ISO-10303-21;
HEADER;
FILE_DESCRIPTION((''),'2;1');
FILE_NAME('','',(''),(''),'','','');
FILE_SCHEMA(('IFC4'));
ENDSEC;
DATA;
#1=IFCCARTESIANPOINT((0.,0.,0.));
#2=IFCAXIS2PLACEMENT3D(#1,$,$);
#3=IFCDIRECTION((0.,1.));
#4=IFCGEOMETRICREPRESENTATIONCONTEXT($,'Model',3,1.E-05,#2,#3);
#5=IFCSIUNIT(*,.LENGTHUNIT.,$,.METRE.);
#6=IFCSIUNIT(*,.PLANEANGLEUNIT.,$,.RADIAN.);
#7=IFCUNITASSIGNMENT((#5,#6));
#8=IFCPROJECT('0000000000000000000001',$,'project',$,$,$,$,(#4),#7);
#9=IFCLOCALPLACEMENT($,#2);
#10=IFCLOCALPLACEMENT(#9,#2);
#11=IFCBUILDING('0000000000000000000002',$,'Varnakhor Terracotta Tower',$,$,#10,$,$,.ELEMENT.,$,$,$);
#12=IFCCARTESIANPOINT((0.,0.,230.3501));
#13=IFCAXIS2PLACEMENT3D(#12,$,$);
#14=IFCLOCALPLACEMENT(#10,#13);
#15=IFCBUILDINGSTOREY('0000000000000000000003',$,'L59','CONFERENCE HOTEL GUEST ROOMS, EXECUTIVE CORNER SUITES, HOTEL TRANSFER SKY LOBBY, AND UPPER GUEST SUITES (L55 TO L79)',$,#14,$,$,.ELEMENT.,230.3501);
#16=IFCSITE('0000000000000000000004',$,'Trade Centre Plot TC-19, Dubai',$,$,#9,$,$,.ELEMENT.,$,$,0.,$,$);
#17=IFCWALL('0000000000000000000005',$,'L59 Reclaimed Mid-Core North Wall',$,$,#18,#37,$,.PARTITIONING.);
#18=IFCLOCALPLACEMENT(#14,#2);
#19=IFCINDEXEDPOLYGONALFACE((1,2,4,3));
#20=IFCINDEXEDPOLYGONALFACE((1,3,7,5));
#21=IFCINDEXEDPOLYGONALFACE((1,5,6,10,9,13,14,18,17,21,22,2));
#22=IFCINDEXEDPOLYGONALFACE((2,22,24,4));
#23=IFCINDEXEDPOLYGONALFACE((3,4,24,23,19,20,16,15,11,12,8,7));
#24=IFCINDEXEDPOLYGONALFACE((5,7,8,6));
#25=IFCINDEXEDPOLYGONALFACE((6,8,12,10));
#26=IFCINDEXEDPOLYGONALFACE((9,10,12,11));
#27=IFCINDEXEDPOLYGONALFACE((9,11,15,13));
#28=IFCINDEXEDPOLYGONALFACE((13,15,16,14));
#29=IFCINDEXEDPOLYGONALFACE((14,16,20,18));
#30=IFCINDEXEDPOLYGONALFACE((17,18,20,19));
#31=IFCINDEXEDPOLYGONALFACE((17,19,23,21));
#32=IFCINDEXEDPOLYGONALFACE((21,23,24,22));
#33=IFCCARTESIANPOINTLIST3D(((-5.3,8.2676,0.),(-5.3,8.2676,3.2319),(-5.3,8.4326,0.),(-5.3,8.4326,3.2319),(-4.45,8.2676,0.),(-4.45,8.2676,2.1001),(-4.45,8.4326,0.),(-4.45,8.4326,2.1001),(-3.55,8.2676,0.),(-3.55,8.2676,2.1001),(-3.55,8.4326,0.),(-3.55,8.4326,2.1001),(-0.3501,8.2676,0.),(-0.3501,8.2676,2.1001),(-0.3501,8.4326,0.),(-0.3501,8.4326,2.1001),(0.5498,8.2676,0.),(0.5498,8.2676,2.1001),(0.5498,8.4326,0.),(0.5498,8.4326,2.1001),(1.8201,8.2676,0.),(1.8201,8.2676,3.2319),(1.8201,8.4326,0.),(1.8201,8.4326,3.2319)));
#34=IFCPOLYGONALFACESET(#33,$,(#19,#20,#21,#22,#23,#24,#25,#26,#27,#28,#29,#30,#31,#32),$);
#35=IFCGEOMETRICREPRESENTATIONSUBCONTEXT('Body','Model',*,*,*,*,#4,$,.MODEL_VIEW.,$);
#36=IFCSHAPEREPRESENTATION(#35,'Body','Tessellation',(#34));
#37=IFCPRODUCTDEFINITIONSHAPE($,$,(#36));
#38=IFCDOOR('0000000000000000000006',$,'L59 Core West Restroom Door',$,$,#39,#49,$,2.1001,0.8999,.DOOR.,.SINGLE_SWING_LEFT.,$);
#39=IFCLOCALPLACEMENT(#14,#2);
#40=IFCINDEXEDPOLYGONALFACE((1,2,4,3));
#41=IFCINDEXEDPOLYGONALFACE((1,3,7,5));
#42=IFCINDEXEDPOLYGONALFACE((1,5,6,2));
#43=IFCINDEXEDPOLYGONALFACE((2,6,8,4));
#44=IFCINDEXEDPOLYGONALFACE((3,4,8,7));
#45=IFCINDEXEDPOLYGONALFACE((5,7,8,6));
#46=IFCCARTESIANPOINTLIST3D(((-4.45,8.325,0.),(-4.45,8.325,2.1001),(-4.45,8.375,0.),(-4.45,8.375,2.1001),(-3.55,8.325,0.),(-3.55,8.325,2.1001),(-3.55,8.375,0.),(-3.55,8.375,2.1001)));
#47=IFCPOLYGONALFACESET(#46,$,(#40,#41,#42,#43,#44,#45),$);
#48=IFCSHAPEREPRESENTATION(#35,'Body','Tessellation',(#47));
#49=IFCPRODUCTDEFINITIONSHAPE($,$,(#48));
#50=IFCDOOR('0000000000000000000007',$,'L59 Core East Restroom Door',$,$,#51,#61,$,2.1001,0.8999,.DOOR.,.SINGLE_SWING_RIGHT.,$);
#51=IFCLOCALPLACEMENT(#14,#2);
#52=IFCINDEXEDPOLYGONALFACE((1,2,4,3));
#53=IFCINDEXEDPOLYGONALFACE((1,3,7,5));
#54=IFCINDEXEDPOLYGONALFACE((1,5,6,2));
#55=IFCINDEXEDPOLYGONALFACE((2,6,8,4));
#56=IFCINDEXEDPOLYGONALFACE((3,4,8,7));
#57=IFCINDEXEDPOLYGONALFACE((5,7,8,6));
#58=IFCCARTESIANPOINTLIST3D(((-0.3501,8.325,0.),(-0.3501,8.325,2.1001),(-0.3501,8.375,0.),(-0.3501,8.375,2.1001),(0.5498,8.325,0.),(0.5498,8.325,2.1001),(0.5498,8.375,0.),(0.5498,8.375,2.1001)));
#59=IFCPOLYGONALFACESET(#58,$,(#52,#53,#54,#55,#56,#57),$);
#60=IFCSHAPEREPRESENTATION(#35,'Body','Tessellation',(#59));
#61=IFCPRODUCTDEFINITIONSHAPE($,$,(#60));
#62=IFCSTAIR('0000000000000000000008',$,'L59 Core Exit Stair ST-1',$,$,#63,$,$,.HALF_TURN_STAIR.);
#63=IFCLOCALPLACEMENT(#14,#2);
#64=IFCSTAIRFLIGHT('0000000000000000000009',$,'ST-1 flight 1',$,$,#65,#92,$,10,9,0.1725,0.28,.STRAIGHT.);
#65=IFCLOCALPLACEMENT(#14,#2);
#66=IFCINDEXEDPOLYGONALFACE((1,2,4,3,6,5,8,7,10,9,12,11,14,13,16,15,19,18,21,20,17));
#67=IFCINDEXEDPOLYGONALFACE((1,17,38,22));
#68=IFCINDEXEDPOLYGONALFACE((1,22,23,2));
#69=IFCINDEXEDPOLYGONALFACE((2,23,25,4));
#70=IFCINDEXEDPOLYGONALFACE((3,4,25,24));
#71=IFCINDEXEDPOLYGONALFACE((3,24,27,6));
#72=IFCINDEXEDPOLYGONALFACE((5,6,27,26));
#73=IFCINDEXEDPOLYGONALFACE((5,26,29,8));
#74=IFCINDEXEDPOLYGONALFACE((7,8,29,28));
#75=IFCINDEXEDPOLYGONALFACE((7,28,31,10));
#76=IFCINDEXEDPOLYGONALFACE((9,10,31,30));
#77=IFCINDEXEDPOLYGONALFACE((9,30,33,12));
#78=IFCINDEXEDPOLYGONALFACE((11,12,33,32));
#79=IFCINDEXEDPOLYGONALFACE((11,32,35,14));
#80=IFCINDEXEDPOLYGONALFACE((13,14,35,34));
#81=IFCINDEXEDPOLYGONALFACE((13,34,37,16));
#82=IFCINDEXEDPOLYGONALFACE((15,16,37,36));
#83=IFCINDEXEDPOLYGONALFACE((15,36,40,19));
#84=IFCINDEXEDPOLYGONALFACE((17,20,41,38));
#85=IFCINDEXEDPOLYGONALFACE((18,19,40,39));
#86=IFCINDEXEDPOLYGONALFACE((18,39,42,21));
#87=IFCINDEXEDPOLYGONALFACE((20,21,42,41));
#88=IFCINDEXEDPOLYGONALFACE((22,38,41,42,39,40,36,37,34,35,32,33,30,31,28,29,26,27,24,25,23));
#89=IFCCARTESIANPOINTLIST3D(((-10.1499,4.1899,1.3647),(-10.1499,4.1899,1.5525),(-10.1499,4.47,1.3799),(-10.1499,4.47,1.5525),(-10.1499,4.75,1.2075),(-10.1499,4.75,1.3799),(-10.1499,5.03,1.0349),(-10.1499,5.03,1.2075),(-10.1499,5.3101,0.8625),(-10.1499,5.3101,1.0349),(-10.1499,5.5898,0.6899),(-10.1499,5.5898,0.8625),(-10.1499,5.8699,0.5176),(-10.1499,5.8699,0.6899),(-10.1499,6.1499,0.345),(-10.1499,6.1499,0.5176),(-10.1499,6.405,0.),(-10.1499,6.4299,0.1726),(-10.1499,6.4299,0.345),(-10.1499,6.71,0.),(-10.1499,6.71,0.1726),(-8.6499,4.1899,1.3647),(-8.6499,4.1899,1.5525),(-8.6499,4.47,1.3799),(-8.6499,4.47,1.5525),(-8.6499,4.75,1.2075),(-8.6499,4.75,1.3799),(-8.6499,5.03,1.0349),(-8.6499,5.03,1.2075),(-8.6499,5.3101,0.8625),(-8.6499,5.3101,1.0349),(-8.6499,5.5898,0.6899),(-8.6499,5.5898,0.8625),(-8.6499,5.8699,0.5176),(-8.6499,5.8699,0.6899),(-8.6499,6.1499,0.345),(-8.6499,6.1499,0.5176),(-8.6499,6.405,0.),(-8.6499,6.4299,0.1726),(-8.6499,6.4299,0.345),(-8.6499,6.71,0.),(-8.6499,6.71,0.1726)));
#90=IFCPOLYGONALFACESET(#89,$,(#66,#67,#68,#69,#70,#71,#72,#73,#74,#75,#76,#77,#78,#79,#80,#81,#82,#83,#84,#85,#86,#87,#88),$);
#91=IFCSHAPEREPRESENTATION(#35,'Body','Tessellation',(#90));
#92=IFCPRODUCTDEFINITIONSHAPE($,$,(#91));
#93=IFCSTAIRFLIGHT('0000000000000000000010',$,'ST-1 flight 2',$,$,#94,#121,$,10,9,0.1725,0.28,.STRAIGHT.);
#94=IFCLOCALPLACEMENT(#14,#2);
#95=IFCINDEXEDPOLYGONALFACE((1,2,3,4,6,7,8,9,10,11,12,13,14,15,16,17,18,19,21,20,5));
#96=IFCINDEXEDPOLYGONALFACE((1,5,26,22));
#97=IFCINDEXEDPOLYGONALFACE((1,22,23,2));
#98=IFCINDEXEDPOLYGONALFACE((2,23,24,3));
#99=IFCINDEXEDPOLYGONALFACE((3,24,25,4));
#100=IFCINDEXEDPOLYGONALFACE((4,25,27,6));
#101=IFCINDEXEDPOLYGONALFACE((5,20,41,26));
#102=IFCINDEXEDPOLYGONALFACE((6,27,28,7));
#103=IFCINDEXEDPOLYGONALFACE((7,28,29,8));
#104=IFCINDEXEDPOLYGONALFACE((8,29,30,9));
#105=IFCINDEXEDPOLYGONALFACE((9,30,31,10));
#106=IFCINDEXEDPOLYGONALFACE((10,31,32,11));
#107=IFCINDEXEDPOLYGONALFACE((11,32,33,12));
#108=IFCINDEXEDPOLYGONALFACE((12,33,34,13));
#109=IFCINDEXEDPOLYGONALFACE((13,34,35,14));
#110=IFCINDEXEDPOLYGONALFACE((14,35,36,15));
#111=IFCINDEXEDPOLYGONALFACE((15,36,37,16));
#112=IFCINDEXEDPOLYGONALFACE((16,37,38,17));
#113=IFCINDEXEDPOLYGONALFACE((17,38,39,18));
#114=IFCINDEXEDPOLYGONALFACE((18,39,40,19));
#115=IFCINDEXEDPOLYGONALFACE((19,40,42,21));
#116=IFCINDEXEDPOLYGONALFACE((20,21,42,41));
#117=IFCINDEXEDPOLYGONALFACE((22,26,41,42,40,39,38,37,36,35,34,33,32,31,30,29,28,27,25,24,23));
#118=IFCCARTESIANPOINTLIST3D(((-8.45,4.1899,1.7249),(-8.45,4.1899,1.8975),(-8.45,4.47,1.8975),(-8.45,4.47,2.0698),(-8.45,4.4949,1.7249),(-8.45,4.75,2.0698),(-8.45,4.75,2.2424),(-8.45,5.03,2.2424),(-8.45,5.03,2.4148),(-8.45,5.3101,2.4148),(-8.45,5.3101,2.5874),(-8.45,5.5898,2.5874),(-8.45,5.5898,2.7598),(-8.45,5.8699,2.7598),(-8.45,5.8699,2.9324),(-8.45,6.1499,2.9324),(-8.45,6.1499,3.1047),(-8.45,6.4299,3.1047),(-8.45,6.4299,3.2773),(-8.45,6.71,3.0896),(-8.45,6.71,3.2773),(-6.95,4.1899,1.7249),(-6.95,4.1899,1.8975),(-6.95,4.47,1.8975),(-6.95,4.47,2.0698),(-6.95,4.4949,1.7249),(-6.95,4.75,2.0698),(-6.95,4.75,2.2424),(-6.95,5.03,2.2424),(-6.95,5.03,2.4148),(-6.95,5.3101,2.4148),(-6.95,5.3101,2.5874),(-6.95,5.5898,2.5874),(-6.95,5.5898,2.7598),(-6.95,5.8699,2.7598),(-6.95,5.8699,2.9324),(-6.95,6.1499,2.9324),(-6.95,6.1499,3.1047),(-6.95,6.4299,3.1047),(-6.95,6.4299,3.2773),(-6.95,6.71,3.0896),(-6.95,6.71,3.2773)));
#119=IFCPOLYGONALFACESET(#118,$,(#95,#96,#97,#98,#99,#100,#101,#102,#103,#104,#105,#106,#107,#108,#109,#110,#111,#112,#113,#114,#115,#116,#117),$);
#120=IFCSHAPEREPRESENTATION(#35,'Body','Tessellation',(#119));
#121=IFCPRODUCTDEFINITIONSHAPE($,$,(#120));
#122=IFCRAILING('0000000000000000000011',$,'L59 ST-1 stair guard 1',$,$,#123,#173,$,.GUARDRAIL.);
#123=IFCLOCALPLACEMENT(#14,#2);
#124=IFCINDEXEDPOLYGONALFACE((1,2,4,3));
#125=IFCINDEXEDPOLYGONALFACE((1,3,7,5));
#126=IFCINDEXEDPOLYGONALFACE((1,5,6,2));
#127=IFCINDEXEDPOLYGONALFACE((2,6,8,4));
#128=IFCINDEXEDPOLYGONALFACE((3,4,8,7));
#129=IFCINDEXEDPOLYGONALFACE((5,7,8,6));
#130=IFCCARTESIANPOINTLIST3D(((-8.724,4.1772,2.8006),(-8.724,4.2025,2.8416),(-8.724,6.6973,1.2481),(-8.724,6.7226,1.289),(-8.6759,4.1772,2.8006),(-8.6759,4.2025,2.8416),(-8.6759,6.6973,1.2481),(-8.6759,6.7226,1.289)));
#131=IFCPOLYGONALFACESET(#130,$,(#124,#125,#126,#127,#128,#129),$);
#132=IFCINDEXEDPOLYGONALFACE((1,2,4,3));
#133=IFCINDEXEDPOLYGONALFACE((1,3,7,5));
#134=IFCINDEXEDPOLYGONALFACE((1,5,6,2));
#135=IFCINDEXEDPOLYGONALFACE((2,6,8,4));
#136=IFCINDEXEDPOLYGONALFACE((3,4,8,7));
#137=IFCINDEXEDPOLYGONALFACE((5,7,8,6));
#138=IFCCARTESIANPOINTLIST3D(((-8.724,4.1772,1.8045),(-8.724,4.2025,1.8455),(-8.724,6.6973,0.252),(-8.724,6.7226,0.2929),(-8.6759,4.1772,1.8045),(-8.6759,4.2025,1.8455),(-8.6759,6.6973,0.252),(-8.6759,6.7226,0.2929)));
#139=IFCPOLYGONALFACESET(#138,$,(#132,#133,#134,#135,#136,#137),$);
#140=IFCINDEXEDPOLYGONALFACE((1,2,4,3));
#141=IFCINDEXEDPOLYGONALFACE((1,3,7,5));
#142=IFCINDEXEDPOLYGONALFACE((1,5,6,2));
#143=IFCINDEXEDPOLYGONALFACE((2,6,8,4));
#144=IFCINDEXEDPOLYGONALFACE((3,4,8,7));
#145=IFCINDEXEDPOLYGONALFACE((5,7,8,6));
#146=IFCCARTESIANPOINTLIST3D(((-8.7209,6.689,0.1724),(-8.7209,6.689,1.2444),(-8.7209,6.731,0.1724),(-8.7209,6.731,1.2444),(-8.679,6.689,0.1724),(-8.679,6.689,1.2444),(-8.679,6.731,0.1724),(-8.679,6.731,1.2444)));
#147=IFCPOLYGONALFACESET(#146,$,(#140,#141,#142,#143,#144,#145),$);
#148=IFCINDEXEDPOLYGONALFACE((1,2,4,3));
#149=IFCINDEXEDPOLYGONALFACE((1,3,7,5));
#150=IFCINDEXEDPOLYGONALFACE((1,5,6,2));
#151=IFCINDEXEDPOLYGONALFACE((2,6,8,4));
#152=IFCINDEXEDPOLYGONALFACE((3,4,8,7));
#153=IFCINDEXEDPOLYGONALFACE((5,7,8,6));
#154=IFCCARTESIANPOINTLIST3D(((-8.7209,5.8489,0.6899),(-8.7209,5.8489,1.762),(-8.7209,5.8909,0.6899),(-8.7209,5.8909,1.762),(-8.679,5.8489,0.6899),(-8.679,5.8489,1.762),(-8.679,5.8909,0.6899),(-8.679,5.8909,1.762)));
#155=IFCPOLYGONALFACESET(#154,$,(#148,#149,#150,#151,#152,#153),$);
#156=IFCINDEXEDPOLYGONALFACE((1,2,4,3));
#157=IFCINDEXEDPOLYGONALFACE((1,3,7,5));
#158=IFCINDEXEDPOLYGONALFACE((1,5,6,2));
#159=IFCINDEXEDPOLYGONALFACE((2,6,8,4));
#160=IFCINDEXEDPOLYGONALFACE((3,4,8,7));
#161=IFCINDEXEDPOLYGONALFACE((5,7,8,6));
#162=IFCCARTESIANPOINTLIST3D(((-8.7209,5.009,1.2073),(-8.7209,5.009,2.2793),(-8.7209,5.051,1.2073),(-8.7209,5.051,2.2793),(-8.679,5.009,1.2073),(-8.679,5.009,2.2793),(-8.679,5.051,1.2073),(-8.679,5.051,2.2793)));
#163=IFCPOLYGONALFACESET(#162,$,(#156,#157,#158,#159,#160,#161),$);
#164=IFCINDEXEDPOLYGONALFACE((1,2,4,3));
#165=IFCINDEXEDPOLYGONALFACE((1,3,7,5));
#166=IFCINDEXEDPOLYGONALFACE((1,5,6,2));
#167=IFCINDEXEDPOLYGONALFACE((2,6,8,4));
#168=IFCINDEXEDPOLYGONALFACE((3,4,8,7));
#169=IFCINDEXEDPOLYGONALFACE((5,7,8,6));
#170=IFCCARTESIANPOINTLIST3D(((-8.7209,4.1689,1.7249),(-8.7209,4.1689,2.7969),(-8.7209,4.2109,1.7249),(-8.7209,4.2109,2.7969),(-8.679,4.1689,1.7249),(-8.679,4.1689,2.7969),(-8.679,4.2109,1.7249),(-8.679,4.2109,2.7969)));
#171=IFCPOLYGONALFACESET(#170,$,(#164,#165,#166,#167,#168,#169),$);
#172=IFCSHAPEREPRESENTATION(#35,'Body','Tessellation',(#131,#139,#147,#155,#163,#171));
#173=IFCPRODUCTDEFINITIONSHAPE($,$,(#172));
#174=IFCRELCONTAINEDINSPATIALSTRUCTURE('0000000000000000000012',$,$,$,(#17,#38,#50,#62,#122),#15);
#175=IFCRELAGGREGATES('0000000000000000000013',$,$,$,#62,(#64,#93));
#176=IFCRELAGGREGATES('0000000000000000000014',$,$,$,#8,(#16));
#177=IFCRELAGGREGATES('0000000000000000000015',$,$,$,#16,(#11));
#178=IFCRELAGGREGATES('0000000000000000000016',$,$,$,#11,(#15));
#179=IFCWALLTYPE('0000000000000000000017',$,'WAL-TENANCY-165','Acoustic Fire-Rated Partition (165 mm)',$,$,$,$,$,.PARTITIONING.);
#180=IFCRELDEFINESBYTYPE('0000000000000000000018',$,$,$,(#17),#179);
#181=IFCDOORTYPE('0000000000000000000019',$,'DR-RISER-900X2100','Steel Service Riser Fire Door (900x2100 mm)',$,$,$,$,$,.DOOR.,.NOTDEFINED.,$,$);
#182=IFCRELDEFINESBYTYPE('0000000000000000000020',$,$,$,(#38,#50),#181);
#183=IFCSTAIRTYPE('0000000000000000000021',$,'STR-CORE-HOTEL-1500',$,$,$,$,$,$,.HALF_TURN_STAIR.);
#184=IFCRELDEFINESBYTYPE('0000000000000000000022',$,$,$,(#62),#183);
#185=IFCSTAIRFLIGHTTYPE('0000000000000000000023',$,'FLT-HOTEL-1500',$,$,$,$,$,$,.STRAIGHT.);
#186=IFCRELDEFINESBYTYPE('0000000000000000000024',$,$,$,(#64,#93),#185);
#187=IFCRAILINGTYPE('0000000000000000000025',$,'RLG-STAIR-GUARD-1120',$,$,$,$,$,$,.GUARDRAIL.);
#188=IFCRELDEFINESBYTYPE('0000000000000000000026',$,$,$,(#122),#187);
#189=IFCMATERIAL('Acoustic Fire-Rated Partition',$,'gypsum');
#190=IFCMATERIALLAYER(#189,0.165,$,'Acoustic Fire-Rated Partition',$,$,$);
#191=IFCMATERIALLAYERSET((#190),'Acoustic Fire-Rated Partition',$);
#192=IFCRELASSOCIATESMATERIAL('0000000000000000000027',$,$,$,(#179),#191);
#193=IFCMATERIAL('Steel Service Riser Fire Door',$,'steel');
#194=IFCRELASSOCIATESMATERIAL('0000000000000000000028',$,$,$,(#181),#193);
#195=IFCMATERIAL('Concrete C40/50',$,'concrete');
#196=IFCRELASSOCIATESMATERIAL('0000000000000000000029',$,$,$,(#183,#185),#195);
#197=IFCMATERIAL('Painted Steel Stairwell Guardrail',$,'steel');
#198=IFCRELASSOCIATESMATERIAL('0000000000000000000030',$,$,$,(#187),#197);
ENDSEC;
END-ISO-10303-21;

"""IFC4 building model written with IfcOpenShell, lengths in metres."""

from ifc_helpers import new_model, si_unit, direction, frame, frame_2d, origin, origin_2d, place, context, subcontext, project, spatial, polyline, rectangle, outline, extrude, source, transform, mapped, material, layer, layer_set, type_object, type_shapes, element, fill, aggregate, save


model = new_model("IFC4")

# Units and contexts
model_context = context("Model", 3, precision=1e-05, world=origin(), true_north=direction((0.0, 1.0)))
body_context = subcontext(model_context, "Body", "Model", "MODEL_VIEW")
ifc_project = project(units=[si_unit("LENGTHUNIT", "METRE"), si_unit("PLANEANGLEUNIT", "RADIAN")], contexts=[model_context])

# Site, building, storey
site_placement = place(None, origin())
site = spatial("IfcSite", under=ifc_project, at=site_placement, Name="Trade Centre Plot TC-19, Dubai", CompositionType="ELEMENT", RefElevation=0.0)
building_placement = place(site_placement, origin())
building = spatial("IfcBuilding", under=site, at=building_placement, Name="Varnakhor Terracotta Tower", CompositionType="ELEMENT")
storey_placement = place(building_placement, frame((0.0, 0.0, 230.3501)))
storey = spatial("IfcBuildingStorey", under=building, at=storey_placement, Name="L59", Description="CONFERENCE HOTEL GUEST ROOMS, EXECUTIVE CORNER SUITES, HOTEL TRANSFER SKY LOBBY, AND UPPER GUEST SUITES (L55 TO L79)", CompositionType="ELEMENT", Elevation=230.3501)

# Shared definitions
ifc_material_1 = material(Name="Concrete C40/50", Category="concrete")

# Shared definitions
ifc_material_2 = material(Name="Acoustic Fire-Rated Partition", Category="gypsum")
ifc_layer_1 = layer(ifc_material_2, 0.165, Name="Acoustic Fire-Rated Partition")
ifc_layer_set_1 = layer_set([ifc_layer_1], Name="Acoustic Fire-Rated Partition")
wall_type_1 = type_object("IfcWallType", Name="WAL-TENANCY-165", Description="Acoustic Fire-Rated Partition (165 mm)", PredefinedType="PARTITIONING", material=ifc_layer_set_1)
ifc_material_3 = material(Name="Steel Service Riser Fire Door", Category="steel")
door_type_1 = type_object("IfcDoorType", Name="DR-RISER-900X2100", Description="Steel Service Riser Fire Door (900x2100 mm)", OperationType="NOTDEFINED", PredefinedType="DOOR", material=ifc_material_3)
shared_shape_1 = source(origin(), body_context, "Body", "SweptSolid", [
    extrude(rectangle(XDim=0.8999, YDim=2.1001, at=frame_2d((0.45, 1.05))), frame((0.0, 0.0249, 0.0), z_axis=(0.0, -1.0, 0.0), x_axis=(1.0, 0.0, 0.0)), (0.0, 0.0, 1.0), 0.05),
])
type_shapes(door_type_1, [shared_shape_1])

# Wall, openings, doors
wall_1_placement = place(storey_placement, frame((-5.3, 8.3501, 0.0), z_axis=(0.0, 0.0, 1.0), x_axis=(1.0, 0.0, 0.0)))
wall_1 = element("IfcWall", 1, at=wall_1_placement, inside=storey, type_object=wall_type_1, Name="L59 Reclaimed Mid-Core North Wall", PredefinedType="PARTITIONING", context=body_context, shape_type="SweptSolid", body=[
    extrude(rectangle(XDim=7.1201, YDim=0.165, at=frame_2d((3.5601, 0.0))), origin(), (0.0, 0.0, 1.0), 3.2319),
])
opening_1_placement = place(wall_1_placement, frame((0.8501, 0.0, 0.0)))
opening_1 = element("IfcOpeningElement", 2, at=opening_1_placement, cuts=wall_1, PredefinedType="OPENING", context=body_context, shape_type="SweptSolid", body=[
    extrude(rectangle(XDim=0.8999, YDim=2.1001, at=frame_2d((0.45, 1.05))), frame((0.0, 0.0925, 0.0), z_axis=(0.0, -1.0, 0.0), x_axis=(1.0, 0.0, 0.0)), (0.0, 0.0, 1.0), 0.1851),
])
opening_2_placement = place(wall_1_placement, frame((4.95, 0.0, 0.0)))
opening_2 = element("IfcOpeningElement", 3, at=opening_2_placement, cuts=wall_1, PredefinedType="OPENING", context=body_context, shape_type="SweptSolid", body=[
    extrude(rectangle(XDim=0.8999, YDim=2.1001, at=frame_2d((0.45, 1.05))), frame((0.0, 0.0925, 0.0), z_axis=(0.0, -1.0, 0.0), x_axis=(1.0, 0.0, 0.0)), (0.0, 0.0, 1.0), 0.1851),
])
door_1_placement = place(opening_1_placement, origin())
door_1 = element("IfcDoor", 4, at=door_1_placement, inside=storey, type_object=door_type_1, Name="L59 Core West Restroom Door", OperationType="SINGLE_SWING_LEFT", OverallHeight=2.1001, OverallWidth=0.8999, PredefinedType="DOOR", context=body_context, shape_type="MappedRepresentation", body=[
    mapped(shared_shape_1, transform((0.0, 0.0, 0.0), scale=1.0)),
])
fill(opening_1, door_1)
door_2_placement = place(opening_2_placement, origin())
door_2 = element("IfcDoor", 5, at=door_2_placement, inside=storey, type_object=door_type_1, Name="L59 Core East Restroom Door", OperationType="SINGLE_SWING_RIGHT", OverallHeight=2.1001, OverallWidth=0.8999, PredefinedType="DOOR", context=body_context, shape_type="MappedRepresentation", body=[
    mapped(shared_shape_1, transform((0.0, 0.0, 0.0), scale=1.0)),
])
fill(opening_2, door_2)

# Stair, stair flights
stair_type = type_object("IfcStairType", Name="STR-CORE-HOTEL-1500", PredefinedType="HALF_TURN_STAIR", material=ifc_material_1)
stair_placement = place(storey_placement, origin())
stair = element("IfcStair", 6, at=stair_placement, inside=storey, type_object=stair_type, Name="L59 Core Exit Stair ST-1", PredefinedType="HALF_TURN_STAIR")
stair_flight_type = type_object("IfcStairFlightType", Name="FLT-HOTEL-1500", PredefinedType="STRAIGHT", material=ifc_material_1)
stair_flight_1_placement = place(storey_placement, frame((-9.3999, 6.71, 0.0), z_axis=(0.0, 0.0, 1.0), x_axis=(0.0, -1.0, 0.0)))
stair_flight_1 = element("IfcStairFlight", 7, at=stair_flight_1_placement, type_object=stair_flight_type, Name="ST-1 flight 1", NumberOfRisers=10, NumberOfTreads=9, PredefinedType="STRAIGHT", RiserHeight=0.1725, TreadLength=0.28, context=body_context, shape_type="SweptSolid", body=[
    extrude(outline(polyline([(0.0, 0.0), (0.0, 0.1726), (0.28, 0.1726), (0.28, 0.345), (0.5601, 0.345), (0.5601, 0.5176), (0.8401, 0.5176), (0.8401, 0.6899), (1.1201, 0.6899), (1.1201, 0.8625), (1.3999, 0.8625), (1.3999, 1.0349), (1.6799, 1.0349), (1.6799, 1.2075), (1.96, 1.2075), (1.96, 1.3799), (2.24, 1.3799), (2.24, 1.5525), (2.52, 1.5525), (2.52, 1.7251), (2.52, 1.3647), (0.3049, 0.0), (0.0, 0.0)])), frame((0.0, 0.75, 0.0), z_axis=(0.0, -1.0, 0.0), x_axis=(1.0, 0.0, 0.0)), (0.0, 0.0, 1.0), 1.5),
])
stair_flight_2_placement = place(storey_placement, frame((-7.7, 4.1899, 1.7249), z_axis=(0.0, 0.0, 1.0), x_axis=(0.0, 1.0, 0.0)))
stair_flight_2 = element("IfcStairFlight", 8, at=stair_flight_2_placement, type_object=stair_flight_type, Name="ST-1 flight 2", NumberOfRisers=10, NumberOfTreads=9, PredefinedType="STRAIGHT", RiserHeight=0.1725, TreadLength=0.28, context=body_context, shape_type="SweptSolid", body=[
    extrude(outline(polyline([(0.0, 0.0), (0.0, 0.1726), (0.28, 0.1726), (0.28, 0.345), (0.5601, 0.345), (0.5601, 0.5176), (0.8401, 0.5176), (0.8401, 0.6899), (1.1201, 0.6899), (1.1201, 0.8625), (1.3999, 0.8625), (1.3999, 1.0349), (1.6799, 1.0349), (1.6799, 1.2075), (1.96, 1.2075), (1.96, 1.3799), (2.24, 1.3799), (2.24, 1.5525), (2.52, 1.5525), (2.52, 1.7251), (2.52, 1.3647), (0.3049, 0.0), (0.0, 0.0)])), frame((0.0, 0.75, 0.0), z_axis=(0.0, -1.0, 0.0), x_axis=(1.0, 0.0, 0.0)), (0.0, 0.0, 1.0), 1.5),
])
aggregate(stair, [stair_flight_1, stair_flight_2])

# Railing
ifc_material_4 = material(Name="Painted Steel Stairwell Guardrail", Category="steel")
railing_type_1 = type_object("IfcRailingType", Name="RLG-STAIR-GUARD-1120", PredefinedType="GUARDRAIL", material=ifc_material_4)
railing_1_placement = place(storey_placement, frame((-8.7, 6.71, 0.1724)))
element("IfcRailing", 9, at=railing_1_placement, inside=storey, type_object=railing_type_1, Name="L59 ST-1 stair guard 1", PredefinedType="GUARDRAIL", context=body_context, shape_type="SweptSolid", body=[
    extrude(rectangle(XDim=0.0481, YDim=0.0481, at=origin_2d()), frame((0.0, 0.0, 1.0962), z_axis=(0.0, -0.8514, 0.524516), x_axis=(1.0, 0.0, 0.0)), (0.0, 0.0, 1.0), 2.96),
    extrude(rectangle(XDim=0.0481, YDim=0.0481, at=origin_2d()), frame((0.0, 0.0, 0.1001), z_axis=(0.0, -0.8514, 0.524516), x_axis=(1.0, 0.0, 0.0)), (0.0, 0.0, 1.0), 2.96),
    extrude(rectangle(XDim=0.042, YDim=0.042, at=origin_2d()), origin(), (0.0, 0.0, 1.0), 1.072),
    extrude(rectangle(XDim=0.042, YDim=0.042, at=origin_2d()), frame((0.0, -0.8401, 0.5176)), (0.0, 0.0, 1.0), 1.072),
    extrude(rectangle(XDim=0.042, YDim=0.042, at=origin_2d()), frame((0.0, -1.6799, 1.0349)), (0.0, 0.0, 1.0), 1.072),
    extrude(rectangle(XDim=0.042, YDim=0.042, at=origin_2d()), frame((0.0, -2.52, 1.5525)), (0.0, 0.0, 1.0), 1.072),
])

save(model, "model.ifc")
